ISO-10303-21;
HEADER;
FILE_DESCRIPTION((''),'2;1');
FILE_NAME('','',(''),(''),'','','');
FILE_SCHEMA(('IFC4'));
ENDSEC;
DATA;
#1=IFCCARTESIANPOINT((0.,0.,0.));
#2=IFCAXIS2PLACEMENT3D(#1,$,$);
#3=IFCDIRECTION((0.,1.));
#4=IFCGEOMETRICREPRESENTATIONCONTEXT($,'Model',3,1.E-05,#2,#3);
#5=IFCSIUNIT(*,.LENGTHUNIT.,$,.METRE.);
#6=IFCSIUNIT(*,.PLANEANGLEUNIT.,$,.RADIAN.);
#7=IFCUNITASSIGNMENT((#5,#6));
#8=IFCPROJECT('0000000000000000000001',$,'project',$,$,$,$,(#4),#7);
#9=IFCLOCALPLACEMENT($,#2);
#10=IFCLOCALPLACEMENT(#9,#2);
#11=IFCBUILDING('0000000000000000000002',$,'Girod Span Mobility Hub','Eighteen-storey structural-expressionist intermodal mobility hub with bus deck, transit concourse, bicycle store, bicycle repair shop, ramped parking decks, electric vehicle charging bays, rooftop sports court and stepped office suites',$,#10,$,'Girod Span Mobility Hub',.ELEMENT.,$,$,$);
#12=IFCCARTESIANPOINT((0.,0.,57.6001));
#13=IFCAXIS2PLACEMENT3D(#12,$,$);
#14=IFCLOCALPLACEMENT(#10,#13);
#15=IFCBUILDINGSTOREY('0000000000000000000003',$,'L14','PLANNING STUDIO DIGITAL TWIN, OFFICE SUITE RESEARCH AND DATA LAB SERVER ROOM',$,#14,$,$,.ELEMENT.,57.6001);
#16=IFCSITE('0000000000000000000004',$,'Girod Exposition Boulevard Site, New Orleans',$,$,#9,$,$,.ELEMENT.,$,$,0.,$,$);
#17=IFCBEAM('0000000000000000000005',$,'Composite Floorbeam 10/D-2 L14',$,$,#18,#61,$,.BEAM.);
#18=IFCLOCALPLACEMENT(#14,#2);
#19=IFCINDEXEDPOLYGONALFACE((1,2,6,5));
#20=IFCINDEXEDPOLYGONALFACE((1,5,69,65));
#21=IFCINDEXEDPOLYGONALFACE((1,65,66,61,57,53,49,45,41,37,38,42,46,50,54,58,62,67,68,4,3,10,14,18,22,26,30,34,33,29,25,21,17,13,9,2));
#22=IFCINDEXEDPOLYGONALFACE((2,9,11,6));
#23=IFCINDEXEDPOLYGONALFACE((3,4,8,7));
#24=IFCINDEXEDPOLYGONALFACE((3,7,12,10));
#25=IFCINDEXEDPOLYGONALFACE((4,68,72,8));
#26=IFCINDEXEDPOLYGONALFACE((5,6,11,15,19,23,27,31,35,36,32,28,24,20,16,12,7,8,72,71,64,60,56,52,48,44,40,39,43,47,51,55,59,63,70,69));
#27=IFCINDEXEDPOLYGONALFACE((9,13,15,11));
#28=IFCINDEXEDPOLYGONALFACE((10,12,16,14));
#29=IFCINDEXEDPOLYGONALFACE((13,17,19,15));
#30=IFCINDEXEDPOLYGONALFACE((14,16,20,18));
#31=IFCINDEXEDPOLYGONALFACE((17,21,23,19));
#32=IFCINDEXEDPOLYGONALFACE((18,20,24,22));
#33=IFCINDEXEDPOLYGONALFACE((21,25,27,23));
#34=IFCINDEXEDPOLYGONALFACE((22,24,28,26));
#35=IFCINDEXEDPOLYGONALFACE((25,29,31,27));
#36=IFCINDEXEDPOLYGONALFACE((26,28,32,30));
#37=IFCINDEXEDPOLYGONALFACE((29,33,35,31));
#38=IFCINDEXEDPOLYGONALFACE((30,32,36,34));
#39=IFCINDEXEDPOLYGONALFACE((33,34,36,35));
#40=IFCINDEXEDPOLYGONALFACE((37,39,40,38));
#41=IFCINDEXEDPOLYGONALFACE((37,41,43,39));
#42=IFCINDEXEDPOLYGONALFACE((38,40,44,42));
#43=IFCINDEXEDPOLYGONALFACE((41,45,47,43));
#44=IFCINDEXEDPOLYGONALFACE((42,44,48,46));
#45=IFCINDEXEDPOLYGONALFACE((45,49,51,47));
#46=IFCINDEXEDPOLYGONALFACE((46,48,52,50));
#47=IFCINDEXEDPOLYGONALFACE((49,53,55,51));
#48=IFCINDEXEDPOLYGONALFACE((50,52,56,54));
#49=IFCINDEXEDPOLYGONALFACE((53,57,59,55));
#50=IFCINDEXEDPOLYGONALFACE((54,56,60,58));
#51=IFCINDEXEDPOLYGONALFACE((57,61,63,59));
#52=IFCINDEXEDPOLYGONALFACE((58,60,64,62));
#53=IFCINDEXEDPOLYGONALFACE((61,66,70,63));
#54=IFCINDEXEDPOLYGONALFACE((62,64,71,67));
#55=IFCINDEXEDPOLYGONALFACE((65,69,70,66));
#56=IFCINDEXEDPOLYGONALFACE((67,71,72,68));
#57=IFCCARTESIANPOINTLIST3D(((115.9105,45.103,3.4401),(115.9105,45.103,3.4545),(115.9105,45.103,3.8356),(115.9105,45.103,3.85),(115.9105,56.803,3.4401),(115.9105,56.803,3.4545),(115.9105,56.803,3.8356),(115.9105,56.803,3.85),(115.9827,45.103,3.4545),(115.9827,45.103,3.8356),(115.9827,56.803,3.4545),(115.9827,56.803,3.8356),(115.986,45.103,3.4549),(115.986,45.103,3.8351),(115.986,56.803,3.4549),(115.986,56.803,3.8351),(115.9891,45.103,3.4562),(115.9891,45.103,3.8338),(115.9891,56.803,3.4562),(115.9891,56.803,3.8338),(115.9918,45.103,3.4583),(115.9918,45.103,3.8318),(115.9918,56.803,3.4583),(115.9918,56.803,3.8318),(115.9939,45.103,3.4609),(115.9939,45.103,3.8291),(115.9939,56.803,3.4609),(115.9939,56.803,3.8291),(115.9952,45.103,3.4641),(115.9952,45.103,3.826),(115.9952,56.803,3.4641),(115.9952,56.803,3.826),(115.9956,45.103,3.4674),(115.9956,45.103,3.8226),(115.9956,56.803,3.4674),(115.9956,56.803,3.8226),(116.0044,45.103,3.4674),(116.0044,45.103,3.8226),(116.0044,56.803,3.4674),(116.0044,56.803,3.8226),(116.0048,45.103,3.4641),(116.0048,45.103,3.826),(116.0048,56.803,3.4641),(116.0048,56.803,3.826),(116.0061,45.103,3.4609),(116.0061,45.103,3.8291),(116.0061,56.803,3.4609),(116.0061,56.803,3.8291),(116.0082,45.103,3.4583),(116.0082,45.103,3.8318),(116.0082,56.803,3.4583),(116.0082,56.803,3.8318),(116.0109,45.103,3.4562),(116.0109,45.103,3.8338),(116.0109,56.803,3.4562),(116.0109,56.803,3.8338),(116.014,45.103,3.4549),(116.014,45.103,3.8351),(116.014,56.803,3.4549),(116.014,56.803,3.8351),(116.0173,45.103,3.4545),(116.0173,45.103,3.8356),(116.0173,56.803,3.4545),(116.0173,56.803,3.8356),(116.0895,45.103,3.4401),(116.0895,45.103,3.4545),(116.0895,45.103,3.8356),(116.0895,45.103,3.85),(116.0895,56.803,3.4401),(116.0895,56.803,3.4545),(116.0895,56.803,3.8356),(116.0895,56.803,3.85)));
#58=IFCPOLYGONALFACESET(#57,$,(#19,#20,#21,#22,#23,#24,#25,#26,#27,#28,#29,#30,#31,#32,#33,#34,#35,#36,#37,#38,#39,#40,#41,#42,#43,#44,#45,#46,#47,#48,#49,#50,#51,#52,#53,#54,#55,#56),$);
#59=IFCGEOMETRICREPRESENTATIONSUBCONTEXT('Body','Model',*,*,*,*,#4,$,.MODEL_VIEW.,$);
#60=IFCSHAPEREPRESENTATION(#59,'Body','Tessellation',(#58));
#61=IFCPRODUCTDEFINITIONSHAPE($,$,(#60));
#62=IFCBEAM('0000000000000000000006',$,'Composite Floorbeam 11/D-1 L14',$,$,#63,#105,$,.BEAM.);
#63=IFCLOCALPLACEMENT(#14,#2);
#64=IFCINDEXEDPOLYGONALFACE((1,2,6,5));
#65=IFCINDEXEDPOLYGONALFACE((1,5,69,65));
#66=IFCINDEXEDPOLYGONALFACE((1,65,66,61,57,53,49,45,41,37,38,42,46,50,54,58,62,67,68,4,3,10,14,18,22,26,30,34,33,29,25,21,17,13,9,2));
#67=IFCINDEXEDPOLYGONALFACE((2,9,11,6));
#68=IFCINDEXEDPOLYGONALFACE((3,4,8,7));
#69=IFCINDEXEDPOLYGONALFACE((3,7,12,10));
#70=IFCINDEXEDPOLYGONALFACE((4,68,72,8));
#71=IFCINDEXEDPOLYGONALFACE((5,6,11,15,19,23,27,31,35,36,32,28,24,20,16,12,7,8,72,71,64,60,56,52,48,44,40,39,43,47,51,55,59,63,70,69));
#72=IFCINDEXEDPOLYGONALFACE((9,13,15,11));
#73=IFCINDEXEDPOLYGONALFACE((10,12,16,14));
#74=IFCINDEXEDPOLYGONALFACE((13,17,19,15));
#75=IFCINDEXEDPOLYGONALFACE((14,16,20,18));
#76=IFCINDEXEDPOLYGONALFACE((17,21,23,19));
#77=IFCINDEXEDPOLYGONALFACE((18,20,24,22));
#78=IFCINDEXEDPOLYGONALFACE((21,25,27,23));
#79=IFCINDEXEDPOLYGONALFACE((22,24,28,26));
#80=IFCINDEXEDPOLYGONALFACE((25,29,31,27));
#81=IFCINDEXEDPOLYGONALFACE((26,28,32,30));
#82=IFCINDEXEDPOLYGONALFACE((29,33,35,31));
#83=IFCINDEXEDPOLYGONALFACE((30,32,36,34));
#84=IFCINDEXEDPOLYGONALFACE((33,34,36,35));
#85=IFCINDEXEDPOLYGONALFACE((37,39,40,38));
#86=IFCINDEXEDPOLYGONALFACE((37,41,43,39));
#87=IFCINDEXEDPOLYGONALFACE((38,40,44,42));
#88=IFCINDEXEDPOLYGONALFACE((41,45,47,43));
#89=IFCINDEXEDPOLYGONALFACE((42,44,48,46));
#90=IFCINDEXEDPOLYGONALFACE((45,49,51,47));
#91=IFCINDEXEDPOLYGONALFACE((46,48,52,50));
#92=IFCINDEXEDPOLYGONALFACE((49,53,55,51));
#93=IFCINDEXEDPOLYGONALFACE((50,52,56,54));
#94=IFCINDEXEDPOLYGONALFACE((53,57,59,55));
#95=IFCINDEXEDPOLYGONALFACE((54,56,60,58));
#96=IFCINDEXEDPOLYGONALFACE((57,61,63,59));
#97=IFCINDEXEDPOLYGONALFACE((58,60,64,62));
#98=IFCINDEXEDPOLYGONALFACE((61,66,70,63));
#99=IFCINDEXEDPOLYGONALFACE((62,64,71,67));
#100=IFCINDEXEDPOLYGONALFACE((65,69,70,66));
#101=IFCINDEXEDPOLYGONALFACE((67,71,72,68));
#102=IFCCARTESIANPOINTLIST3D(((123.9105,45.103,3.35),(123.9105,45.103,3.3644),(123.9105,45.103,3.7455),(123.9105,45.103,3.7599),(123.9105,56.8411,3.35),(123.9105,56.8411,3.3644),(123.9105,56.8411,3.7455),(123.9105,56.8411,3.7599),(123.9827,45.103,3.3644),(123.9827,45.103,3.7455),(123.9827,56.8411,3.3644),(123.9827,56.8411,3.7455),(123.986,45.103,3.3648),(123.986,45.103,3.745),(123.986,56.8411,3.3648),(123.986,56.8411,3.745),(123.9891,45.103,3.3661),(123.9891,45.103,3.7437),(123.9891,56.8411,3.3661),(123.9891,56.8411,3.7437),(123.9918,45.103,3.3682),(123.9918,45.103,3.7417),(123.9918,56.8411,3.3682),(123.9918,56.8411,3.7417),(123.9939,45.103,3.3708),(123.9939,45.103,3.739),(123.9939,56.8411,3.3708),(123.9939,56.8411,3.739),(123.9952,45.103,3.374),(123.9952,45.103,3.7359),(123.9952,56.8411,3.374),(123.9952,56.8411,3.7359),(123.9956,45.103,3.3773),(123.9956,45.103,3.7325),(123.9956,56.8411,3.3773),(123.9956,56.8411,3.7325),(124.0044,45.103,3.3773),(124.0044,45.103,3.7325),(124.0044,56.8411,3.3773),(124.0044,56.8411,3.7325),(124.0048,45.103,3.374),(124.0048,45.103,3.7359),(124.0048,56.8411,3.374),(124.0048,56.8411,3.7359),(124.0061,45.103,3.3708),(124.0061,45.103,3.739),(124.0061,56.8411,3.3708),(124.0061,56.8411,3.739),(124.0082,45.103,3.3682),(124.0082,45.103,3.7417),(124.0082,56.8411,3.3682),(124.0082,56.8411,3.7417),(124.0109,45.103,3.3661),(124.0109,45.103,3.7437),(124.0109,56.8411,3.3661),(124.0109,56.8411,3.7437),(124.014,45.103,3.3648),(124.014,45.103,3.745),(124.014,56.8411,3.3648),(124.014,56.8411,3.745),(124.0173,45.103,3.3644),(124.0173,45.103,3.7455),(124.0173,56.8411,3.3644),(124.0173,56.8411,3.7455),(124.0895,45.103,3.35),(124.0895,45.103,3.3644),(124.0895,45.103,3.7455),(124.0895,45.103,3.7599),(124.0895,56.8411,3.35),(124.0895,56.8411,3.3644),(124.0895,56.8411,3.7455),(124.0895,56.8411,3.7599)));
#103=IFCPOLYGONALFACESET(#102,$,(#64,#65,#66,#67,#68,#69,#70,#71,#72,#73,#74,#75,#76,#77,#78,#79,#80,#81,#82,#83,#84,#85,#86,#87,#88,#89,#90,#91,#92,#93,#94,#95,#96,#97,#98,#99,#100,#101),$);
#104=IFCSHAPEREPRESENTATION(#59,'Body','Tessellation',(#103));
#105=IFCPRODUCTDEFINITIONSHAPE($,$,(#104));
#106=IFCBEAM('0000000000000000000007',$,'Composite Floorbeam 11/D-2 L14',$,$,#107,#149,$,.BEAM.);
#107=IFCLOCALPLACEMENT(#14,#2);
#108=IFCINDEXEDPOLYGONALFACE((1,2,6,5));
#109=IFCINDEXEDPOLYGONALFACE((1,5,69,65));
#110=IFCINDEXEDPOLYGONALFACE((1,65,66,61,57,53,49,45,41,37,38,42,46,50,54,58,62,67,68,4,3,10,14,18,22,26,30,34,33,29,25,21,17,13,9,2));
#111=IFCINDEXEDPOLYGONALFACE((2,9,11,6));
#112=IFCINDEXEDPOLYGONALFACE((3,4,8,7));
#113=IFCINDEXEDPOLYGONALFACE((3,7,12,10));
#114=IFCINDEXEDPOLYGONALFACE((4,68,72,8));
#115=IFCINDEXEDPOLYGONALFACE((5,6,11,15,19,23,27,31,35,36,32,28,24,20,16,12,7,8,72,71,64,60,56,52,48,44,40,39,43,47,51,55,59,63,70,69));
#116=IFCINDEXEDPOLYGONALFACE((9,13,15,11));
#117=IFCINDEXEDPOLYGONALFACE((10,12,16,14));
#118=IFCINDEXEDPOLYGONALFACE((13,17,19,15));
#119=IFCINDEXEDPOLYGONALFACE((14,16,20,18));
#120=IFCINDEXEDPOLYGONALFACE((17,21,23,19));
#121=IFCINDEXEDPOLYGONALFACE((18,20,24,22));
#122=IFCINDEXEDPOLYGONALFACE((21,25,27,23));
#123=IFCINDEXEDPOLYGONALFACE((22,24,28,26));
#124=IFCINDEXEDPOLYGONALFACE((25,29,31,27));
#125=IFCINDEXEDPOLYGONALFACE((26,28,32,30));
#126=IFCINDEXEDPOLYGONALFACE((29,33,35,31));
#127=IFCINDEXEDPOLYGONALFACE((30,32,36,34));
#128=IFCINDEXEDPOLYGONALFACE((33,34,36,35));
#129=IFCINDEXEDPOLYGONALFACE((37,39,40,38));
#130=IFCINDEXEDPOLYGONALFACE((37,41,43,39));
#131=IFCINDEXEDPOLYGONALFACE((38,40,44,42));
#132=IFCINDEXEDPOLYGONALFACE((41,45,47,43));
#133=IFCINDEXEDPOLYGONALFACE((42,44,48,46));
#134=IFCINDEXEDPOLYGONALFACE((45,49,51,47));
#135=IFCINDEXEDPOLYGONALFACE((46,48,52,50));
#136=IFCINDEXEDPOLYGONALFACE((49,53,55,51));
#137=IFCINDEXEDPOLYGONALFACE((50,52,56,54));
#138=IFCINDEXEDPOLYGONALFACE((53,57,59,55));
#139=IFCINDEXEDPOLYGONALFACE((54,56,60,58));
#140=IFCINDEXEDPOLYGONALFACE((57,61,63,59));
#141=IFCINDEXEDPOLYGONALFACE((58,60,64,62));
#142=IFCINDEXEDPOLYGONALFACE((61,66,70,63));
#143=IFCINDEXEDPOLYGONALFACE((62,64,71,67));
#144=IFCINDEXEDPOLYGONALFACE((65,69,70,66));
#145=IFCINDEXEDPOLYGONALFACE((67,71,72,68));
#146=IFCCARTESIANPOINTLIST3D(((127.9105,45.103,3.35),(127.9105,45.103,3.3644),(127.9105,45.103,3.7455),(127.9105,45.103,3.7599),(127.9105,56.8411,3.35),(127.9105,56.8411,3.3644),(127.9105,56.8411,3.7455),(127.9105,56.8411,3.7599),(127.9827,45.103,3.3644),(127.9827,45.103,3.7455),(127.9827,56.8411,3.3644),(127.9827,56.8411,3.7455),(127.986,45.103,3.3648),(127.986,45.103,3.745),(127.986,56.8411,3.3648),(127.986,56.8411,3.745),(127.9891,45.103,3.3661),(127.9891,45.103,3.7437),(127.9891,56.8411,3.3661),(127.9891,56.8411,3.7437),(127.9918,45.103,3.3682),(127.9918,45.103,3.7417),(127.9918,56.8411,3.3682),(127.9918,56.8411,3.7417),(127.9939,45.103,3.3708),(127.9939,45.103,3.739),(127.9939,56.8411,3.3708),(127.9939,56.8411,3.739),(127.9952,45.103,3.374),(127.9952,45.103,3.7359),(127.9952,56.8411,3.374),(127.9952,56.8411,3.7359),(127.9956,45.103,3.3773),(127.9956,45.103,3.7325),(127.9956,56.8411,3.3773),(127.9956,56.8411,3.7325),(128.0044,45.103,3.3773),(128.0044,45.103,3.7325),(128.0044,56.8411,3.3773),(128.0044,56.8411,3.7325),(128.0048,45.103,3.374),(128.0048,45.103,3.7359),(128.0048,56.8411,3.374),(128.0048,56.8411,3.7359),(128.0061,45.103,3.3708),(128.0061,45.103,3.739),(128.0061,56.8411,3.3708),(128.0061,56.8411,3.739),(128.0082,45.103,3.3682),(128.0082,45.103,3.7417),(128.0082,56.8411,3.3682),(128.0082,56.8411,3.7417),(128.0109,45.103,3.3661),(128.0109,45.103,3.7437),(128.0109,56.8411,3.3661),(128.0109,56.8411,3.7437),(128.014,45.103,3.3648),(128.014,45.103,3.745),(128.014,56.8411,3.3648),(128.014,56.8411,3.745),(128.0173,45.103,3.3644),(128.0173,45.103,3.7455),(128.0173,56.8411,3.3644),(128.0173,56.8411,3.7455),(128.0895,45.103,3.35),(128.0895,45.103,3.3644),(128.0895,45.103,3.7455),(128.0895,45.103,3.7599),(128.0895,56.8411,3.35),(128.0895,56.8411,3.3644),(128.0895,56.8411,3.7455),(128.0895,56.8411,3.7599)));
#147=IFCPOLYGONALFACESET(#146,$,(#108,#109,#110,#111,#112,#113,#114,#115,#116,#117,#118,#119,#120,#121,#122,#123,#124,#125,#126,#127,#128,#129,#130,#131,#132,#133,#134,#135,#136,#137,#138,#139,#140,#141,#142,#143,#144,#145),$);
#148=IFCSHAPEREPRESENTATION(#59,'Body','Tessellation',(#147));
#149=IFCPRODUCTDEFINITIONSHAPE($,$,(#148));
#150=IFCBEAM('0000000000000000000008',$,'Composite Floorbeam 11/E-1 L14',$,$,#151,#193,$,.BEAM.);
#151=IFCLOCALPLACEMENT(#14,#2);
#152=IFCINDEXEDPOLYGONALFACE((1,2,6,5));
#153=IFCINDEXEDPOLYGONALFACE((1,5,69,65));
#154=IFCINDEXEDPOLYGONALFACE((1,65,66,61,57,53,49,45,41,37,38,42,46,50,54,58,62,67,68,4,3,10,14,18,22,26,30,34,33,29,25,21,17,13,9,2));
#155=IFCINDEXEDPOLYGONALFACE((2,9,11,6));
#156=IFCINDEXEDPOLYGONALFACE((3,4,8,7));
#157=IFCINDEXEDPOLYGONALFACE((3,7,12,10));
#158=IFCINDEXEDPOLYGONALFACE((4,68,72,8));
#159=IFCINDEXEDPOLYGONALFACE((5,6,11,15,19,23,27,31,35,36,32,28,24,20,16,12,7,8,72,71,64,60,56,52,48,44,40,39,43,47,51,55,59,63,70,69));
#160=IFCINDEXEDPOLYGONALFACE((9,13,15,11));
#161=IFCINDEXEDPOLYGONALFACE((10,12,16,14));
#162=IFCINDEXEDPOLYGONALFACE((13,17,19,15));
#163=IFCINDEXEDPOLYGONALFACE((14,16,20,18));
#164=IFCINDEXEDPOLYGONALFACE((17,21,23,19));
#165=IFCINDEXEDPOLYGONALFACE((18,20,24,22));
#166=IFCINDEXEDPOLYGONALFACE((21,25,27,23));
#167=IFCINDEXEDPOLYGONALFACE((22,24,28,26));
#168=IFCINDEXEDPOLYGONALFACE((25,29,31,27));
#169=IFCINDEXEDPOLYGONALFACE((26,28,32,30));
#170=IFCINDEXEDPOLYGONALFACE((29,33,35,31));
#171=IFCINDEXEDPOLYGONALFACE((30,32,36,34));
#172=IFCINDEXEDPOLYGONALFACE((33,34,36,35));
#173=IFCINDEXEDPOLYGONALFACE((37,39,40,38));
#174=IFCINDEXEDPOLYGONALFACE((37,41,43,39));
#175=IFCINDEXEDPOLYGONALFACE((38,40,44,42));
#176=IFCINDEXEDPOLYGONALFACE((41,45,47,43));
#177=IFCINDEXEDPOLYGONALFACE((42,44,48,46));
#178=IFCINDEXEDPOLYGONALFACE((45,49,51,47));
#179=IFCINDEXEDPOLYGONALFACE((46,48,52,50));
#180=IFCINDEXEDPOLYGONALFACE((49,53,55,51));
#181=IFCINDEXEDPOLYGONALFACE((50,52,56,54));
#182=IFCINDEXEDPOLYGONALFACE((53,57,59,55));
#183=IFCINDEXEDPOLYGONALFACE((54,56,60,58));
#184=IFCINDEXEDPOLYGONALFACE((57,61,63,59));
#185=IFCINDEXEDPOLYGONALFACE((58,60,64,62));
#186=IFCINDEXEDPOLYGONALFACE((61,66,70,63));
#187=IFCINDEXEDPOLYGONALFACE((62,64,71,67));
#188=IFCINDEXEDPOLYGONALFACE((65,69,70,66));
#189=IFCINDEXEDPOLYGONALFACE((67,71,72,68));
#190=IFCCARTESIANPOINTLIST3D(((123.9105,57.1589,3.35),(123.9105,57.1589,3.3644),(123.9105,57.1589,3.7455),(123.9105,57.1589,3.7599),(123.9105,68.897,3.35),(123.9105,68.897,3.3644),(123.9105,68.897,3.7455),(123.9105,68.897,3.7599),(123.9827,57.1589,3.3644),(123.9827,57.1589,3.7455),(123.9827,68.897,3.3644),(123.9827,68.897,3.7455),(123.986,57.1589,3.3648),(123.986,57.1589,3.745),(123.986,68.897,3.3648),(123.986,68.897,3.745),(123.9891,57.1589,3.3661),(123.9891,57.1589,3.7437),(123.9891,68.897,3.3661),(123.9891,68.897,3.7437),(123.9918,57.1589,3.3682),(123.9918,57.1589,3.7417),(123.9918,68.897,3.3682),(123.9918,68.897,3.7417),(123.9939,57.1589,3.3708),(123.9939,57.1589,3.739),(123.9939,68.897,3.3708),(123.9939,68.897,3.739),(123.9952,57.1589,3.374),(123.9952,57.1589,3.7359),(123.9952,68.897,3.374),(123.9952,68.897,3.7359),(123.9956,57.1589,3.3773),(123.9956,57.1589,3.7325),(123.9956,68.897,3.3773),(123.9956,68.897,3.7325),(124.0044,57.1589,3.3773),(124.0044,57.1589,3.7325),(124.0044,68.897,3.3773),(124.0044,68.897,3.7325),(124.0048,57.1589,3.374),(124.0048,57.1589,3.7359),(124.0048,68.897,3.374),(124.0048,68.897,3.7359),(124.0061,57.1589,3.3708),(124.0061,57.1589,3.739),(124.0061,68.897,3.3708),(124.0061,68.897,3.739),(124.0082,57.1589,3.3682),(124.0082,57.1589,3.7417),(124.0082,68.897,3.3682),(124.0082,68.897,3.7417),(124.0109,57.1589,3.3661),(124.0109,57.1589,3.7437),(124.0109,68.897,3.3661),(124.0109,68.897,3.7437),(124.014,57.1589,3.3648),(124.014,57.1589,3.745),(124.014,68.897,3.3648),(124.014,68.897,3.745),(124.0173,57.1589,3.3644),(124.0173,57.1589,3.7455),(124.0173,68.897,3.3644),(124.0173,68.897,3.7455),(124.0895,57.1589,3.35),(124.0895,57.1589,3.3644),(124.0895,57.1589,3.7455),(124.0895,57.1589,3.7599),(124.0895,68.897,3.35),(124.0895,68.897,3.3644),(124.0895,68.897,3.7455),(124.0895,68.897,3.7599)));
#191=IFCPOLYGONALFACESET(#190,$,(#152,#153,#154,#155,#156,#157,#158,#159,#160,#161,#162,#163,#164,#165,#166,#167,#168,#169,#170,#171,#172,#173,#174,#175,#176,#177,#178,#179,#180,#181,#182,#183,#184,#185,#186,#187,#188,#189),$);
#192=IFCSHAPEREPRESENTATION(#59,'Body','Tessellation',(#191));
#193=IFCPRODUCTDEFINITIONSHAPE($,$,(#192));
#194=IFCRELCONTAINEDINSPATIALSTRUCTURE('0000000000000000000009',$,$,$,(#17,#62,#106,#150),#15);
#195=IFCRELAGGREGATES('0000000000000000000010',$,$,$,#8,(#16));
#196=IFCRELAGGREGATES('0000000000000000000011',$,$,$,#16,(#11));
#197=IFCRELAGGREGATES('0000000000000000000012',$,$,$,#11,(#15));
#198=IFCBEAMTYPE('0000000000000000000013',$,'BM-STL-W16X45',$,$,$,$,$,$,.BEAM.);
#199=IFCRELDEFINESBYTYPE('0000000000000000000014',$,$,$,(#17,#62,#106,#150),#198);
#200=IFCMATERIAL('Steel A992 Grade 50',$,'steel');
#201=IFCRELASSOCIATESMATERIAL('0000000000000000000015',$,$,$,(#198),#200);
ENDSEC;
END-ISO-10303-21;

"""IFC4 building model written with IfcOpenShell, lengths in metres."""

from ifc_helpers import new_model, si_unit, direction, frame, origin, origin_2d, place, context, subcontext, project, spatial, i_section, extrude, material, material_profile, profile_set, type_object, element, save


model = new_model("IFC4")

# Units and contexts
model_context = context("Model", 3, precision=1e-05, world=origin(), true_north=direction((0.0, 1.0)))
body_context = subcontext(model_context, "Body", "Model", "MODEL_VIEW")
ifc_project = project(units=[si_unit("LENGTHUNIT", "METRE"), si_unit("PLANEANGLEUNIT", "RADIAN")], contexts=[model_context])

# Site, building, storey
site_placement = place(None, origin())
site = spatial("IfcSite", under=ifc_project, at=site_placement, Name="Girod Exposition Boulevard Site, New Orleans", CompositionType="ELEMENT", RefElevation=0.0)
building_placement = place(site_placement, origin())
building = spatial("IfcBuilding", under=site, at=building_placement, Name="Girod Span Mobility Hub", Description="Eighteen-storey structural-expressionist intermodal mobility hub with bus deck, transit concourse, bicycle store, bicycle repair shop, ramped parking decks, electric vehicle charging bays, rooftop sports court and stepped office suites", LongName="Girod Span Mobility Hub", CompositionType="ELEMENT")
storey_placement = place(building_placement, frame((0.0, 0.0, 57.6001)))
storey = spatial("IfcBuildingStorey", under=building, at=storey_placement, Name="L14", Description="PLANNING STUDIO DIGITAL TWIN, OFFICE SUITE RESEARCH AND DATA LAB SERVER ROOM", CompositionType="ELEMENT", Elevation=57.6001)

# Beams
ifc_material_1 = material(Name="Steel A992 Grade 50", Category="steel")
ifc_material_profile_1 = material_profile(ifc_material_1, i_section(OverallWidth=0.179, OverallDepth=0.4099, WebThickness=0.0088, FlangeThickness=0.0144, FilletRadius=0.0129, at=origin_2d()), Name="W16X45")
ifc_profile_set_1 = profile_set([ifc_material_profile_1], Name="Steel A992 Grade 50")
beam_type_1 = type_object("IfcBeamType", Name="BM-STL-W16X45", PredefinedType="BEAM", material=ifc_profile_set_1)
beam_1_placement = place(storey_placement, frame((116.0, 45.103, 3.645), z_axis=(0.0, 1.0, 0.0), x_axis=(-1.0, 0.0, 0.0)))
element("IfcBeam", 1, at=beam_1_placement, inside=storey, type_object=beam_type_1, Name="Composite Floorbeam 10/D-2 L14", PredefinedType="BEAM", context=body_context, shape_type="SweptSolid", body=[
    extrude(i_section(OverallWidth=0.179, OverallDepth=0.4099, WebThickness=0.0088, FlangeThickness=0.0144, FilletRadius=0.0129, at=origin_2d()), origin(), (0.0, 0.0, 1.0), 11.7),
])
for number, where, z_axis, x_axis, name in (
    (2, (124.0, 45.103, 3.5549), (0.0, 1.0, 0.0), (-1.0, 0.0, 0.0), "Composite Floorbeam 11/D-1 L14"),
    (3, (128.0, 45.103, 3.5549), (0.0, 1.0, 0.0), (-1.0, 0.0, 0.0), "Composite Floorbeam 11/D-2 L14"),
    (4, (124.0, 57.1589, 3.5549), (0.0, 1.0, 0.0), (-1.0, 0.0, 0.0), "Composite Floorbeam 11/E-1 L14"),
):
    element("IfcBeam", number, at=place(storey_placement, frame(where, z_axis=z_axis, x_axis=x_axis)), inside=storey, type_object=beam_type_1, Name=name, PredefinedType="BEAM", context=body_context, shape_type="SweptSolid", body=[
        extrude(i_section(OverallWidth=0.179, OverallDepth=0.4099, WebThickness=0.0088, FlangeThickness=0.0144, FilletRadius=0.0129, at=origin_2d()), origin(), (0.0, 0.0, 1.0), 11.738),
    ])

save(model, "model.ifc")
